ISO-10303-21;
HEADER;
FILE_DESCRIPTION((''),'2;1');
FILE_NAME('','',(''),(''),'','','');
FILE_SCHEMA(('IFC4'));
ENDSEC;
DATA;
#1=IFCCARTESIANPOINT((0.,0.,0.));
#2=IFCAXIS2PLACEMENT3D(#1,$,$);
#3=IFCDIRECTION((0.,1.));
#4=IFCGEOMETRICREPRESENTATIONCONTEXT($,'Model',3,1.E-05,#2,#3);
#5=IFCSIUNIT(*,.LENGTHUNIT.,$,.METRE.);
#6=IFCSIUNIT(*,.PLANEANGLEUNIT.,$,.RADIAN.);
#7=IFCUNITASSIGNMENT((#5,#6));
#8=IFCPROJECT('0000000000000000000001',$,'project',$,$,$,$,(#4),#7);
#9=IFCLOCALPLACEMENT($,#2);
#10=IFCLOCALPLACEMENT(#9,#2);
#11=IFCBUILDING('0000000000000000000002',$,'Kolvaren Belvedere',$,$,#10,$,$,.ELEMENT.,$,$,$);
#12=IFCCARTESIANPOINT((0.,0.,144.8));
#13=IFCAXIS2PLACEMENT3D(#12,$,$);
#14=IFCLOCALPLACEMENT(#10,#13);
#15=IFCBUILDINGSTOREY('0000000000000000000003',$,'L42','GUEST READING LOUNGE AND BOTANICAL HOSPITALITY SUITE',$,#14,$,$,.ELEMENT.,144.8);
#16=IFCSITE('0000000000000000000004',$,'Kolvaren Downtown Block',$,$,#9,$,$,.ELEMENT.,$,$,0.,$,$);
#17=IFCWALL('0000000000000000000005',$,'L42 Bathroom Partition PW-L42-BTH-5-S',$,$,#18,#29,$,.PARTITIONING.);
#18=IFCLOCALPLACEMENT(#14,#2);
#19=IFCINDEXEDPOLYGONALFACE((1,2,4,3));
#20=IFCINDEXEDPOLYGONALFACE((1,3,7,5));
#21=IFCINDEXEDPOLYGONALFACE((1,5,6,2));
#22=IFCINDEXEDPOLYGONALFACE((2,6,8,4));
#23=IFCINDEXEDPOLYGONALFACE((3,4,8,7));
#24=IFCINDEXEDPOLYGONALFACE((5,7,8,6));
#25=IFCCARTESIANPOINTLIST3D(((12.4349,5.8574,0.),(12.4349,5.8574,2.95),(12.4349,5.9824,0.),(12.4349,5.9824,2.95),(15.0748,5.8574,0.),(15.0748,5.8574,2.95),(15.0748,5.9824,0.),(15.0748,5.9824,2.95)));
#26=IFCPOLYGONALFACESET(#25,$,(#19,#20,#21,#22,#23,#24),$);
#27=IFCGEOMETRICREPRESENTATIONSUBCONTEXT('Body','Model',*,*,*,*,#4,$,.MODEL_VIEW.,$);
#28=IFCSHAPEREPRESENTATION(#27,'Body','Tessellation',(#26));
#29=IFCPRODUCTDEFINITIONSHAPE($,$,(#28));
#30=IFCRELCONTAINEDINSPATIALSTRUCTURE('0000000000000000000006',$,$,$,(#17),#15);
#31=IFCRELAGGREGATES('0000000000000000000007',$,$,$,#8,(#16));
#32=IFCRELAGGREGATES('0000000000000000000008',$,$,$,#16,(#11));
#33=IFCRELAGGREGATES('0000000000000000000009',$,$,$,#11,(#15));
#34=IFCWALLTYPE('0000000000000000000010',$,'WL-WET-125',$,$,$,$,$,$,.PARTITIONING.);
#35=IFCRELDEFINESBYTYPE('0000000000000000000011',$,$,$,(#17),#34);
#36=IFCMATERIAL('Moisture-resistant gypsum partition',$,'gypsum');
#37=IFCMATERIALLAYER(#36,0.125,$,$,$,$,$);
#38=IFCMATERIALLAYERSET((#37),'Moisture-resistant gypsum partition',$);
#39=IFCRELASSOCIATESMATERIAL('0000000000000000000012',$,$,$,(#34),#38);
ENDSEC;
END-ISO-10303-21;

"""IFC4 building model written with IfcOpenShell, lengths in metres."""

from ifc_helpers import new_model, si_unit, direction, frame, frame_2d, origin, place, context, subcontext, project, spatial, rectangle, extrude, material, layer, layer_set, type_object, element, save


model = new_model("IFC4")

# Units and contexts
model_context = context("Model", 3, precision=1e-05, world=origin(), true_north=direction((0.0, 1.0)))
body_context = subcontext(model_context, "Body", "Model", "MODEL_VIEW")
ifc_project = project(units=[si_unit("LENGTHUNIT", "METRE"), si_unit("PLANEANGLEUNIT", "RADIAN")], contexts=[model_context])

# Site, building, storey
site_placement = place(None, origin())
site = spatial("IfcSite", under=ifc_project, at=site_placement, Name="Kolvaren Downtown Block", CompositionType="ELEMENT", RefElevation=0.0)
building_placement = place(site_placement, origin())
building = spatial("IfcBuilding", under=site, at=building_placement, Name="Kolvaren Belvedere", CompositionType="ELEMENT")
storey_placement = place(building_placement, frame((0.0, 0.0, 144.8)))
storey = spatial("IfcBuildingStorey", under=building, at=storey_placement, Name="L42", Description="GUEST READING LOUNGE AND BOTANICAL HOSPITALITY SUITE", CompositionType="ELEMENT", Elevation=144.8)

# Shared definitions
ifc_material_1 = material(Name="Moisture-resistant gypsum partition", Category="gypsum")
ifc_layer_1 = layer(ifc_material_1, 0.125)
ifc_layer_set_1 = layer_set([ifc_layer_1], Name="Moisture-resistant gypsum partition")
wall_type_1 = type_object("IfcWallType", Name="WL-WET-125", PredefinedType="PARTITIONING", material=ifc_layer_set_1)

# Wall
wall_1_placement = place(storey_placement, frame((12.4351, 5.9199, 0.0), z_axis=(0.0, 0.0, 1.0), x_axis=(1.0, 0.0, 0.0)))
element("IfcWall", 1, at=wall_1_placement, inside=storey, type_object=wall_type_1, Name="L42 Bathroom Partition PW-L42-BTH-5-S", PredefinedType="PARTITIONING", context=body_context, shape_type="SweptSolid", body=[
    extrude(rectangle(XDim=2.6399, YDim=0.125, at=frame_2d((1.3198, 0.0))), origin(), (0.0, 0.0, 1.0), 2.95),
])

save(model, "model.ifc")
